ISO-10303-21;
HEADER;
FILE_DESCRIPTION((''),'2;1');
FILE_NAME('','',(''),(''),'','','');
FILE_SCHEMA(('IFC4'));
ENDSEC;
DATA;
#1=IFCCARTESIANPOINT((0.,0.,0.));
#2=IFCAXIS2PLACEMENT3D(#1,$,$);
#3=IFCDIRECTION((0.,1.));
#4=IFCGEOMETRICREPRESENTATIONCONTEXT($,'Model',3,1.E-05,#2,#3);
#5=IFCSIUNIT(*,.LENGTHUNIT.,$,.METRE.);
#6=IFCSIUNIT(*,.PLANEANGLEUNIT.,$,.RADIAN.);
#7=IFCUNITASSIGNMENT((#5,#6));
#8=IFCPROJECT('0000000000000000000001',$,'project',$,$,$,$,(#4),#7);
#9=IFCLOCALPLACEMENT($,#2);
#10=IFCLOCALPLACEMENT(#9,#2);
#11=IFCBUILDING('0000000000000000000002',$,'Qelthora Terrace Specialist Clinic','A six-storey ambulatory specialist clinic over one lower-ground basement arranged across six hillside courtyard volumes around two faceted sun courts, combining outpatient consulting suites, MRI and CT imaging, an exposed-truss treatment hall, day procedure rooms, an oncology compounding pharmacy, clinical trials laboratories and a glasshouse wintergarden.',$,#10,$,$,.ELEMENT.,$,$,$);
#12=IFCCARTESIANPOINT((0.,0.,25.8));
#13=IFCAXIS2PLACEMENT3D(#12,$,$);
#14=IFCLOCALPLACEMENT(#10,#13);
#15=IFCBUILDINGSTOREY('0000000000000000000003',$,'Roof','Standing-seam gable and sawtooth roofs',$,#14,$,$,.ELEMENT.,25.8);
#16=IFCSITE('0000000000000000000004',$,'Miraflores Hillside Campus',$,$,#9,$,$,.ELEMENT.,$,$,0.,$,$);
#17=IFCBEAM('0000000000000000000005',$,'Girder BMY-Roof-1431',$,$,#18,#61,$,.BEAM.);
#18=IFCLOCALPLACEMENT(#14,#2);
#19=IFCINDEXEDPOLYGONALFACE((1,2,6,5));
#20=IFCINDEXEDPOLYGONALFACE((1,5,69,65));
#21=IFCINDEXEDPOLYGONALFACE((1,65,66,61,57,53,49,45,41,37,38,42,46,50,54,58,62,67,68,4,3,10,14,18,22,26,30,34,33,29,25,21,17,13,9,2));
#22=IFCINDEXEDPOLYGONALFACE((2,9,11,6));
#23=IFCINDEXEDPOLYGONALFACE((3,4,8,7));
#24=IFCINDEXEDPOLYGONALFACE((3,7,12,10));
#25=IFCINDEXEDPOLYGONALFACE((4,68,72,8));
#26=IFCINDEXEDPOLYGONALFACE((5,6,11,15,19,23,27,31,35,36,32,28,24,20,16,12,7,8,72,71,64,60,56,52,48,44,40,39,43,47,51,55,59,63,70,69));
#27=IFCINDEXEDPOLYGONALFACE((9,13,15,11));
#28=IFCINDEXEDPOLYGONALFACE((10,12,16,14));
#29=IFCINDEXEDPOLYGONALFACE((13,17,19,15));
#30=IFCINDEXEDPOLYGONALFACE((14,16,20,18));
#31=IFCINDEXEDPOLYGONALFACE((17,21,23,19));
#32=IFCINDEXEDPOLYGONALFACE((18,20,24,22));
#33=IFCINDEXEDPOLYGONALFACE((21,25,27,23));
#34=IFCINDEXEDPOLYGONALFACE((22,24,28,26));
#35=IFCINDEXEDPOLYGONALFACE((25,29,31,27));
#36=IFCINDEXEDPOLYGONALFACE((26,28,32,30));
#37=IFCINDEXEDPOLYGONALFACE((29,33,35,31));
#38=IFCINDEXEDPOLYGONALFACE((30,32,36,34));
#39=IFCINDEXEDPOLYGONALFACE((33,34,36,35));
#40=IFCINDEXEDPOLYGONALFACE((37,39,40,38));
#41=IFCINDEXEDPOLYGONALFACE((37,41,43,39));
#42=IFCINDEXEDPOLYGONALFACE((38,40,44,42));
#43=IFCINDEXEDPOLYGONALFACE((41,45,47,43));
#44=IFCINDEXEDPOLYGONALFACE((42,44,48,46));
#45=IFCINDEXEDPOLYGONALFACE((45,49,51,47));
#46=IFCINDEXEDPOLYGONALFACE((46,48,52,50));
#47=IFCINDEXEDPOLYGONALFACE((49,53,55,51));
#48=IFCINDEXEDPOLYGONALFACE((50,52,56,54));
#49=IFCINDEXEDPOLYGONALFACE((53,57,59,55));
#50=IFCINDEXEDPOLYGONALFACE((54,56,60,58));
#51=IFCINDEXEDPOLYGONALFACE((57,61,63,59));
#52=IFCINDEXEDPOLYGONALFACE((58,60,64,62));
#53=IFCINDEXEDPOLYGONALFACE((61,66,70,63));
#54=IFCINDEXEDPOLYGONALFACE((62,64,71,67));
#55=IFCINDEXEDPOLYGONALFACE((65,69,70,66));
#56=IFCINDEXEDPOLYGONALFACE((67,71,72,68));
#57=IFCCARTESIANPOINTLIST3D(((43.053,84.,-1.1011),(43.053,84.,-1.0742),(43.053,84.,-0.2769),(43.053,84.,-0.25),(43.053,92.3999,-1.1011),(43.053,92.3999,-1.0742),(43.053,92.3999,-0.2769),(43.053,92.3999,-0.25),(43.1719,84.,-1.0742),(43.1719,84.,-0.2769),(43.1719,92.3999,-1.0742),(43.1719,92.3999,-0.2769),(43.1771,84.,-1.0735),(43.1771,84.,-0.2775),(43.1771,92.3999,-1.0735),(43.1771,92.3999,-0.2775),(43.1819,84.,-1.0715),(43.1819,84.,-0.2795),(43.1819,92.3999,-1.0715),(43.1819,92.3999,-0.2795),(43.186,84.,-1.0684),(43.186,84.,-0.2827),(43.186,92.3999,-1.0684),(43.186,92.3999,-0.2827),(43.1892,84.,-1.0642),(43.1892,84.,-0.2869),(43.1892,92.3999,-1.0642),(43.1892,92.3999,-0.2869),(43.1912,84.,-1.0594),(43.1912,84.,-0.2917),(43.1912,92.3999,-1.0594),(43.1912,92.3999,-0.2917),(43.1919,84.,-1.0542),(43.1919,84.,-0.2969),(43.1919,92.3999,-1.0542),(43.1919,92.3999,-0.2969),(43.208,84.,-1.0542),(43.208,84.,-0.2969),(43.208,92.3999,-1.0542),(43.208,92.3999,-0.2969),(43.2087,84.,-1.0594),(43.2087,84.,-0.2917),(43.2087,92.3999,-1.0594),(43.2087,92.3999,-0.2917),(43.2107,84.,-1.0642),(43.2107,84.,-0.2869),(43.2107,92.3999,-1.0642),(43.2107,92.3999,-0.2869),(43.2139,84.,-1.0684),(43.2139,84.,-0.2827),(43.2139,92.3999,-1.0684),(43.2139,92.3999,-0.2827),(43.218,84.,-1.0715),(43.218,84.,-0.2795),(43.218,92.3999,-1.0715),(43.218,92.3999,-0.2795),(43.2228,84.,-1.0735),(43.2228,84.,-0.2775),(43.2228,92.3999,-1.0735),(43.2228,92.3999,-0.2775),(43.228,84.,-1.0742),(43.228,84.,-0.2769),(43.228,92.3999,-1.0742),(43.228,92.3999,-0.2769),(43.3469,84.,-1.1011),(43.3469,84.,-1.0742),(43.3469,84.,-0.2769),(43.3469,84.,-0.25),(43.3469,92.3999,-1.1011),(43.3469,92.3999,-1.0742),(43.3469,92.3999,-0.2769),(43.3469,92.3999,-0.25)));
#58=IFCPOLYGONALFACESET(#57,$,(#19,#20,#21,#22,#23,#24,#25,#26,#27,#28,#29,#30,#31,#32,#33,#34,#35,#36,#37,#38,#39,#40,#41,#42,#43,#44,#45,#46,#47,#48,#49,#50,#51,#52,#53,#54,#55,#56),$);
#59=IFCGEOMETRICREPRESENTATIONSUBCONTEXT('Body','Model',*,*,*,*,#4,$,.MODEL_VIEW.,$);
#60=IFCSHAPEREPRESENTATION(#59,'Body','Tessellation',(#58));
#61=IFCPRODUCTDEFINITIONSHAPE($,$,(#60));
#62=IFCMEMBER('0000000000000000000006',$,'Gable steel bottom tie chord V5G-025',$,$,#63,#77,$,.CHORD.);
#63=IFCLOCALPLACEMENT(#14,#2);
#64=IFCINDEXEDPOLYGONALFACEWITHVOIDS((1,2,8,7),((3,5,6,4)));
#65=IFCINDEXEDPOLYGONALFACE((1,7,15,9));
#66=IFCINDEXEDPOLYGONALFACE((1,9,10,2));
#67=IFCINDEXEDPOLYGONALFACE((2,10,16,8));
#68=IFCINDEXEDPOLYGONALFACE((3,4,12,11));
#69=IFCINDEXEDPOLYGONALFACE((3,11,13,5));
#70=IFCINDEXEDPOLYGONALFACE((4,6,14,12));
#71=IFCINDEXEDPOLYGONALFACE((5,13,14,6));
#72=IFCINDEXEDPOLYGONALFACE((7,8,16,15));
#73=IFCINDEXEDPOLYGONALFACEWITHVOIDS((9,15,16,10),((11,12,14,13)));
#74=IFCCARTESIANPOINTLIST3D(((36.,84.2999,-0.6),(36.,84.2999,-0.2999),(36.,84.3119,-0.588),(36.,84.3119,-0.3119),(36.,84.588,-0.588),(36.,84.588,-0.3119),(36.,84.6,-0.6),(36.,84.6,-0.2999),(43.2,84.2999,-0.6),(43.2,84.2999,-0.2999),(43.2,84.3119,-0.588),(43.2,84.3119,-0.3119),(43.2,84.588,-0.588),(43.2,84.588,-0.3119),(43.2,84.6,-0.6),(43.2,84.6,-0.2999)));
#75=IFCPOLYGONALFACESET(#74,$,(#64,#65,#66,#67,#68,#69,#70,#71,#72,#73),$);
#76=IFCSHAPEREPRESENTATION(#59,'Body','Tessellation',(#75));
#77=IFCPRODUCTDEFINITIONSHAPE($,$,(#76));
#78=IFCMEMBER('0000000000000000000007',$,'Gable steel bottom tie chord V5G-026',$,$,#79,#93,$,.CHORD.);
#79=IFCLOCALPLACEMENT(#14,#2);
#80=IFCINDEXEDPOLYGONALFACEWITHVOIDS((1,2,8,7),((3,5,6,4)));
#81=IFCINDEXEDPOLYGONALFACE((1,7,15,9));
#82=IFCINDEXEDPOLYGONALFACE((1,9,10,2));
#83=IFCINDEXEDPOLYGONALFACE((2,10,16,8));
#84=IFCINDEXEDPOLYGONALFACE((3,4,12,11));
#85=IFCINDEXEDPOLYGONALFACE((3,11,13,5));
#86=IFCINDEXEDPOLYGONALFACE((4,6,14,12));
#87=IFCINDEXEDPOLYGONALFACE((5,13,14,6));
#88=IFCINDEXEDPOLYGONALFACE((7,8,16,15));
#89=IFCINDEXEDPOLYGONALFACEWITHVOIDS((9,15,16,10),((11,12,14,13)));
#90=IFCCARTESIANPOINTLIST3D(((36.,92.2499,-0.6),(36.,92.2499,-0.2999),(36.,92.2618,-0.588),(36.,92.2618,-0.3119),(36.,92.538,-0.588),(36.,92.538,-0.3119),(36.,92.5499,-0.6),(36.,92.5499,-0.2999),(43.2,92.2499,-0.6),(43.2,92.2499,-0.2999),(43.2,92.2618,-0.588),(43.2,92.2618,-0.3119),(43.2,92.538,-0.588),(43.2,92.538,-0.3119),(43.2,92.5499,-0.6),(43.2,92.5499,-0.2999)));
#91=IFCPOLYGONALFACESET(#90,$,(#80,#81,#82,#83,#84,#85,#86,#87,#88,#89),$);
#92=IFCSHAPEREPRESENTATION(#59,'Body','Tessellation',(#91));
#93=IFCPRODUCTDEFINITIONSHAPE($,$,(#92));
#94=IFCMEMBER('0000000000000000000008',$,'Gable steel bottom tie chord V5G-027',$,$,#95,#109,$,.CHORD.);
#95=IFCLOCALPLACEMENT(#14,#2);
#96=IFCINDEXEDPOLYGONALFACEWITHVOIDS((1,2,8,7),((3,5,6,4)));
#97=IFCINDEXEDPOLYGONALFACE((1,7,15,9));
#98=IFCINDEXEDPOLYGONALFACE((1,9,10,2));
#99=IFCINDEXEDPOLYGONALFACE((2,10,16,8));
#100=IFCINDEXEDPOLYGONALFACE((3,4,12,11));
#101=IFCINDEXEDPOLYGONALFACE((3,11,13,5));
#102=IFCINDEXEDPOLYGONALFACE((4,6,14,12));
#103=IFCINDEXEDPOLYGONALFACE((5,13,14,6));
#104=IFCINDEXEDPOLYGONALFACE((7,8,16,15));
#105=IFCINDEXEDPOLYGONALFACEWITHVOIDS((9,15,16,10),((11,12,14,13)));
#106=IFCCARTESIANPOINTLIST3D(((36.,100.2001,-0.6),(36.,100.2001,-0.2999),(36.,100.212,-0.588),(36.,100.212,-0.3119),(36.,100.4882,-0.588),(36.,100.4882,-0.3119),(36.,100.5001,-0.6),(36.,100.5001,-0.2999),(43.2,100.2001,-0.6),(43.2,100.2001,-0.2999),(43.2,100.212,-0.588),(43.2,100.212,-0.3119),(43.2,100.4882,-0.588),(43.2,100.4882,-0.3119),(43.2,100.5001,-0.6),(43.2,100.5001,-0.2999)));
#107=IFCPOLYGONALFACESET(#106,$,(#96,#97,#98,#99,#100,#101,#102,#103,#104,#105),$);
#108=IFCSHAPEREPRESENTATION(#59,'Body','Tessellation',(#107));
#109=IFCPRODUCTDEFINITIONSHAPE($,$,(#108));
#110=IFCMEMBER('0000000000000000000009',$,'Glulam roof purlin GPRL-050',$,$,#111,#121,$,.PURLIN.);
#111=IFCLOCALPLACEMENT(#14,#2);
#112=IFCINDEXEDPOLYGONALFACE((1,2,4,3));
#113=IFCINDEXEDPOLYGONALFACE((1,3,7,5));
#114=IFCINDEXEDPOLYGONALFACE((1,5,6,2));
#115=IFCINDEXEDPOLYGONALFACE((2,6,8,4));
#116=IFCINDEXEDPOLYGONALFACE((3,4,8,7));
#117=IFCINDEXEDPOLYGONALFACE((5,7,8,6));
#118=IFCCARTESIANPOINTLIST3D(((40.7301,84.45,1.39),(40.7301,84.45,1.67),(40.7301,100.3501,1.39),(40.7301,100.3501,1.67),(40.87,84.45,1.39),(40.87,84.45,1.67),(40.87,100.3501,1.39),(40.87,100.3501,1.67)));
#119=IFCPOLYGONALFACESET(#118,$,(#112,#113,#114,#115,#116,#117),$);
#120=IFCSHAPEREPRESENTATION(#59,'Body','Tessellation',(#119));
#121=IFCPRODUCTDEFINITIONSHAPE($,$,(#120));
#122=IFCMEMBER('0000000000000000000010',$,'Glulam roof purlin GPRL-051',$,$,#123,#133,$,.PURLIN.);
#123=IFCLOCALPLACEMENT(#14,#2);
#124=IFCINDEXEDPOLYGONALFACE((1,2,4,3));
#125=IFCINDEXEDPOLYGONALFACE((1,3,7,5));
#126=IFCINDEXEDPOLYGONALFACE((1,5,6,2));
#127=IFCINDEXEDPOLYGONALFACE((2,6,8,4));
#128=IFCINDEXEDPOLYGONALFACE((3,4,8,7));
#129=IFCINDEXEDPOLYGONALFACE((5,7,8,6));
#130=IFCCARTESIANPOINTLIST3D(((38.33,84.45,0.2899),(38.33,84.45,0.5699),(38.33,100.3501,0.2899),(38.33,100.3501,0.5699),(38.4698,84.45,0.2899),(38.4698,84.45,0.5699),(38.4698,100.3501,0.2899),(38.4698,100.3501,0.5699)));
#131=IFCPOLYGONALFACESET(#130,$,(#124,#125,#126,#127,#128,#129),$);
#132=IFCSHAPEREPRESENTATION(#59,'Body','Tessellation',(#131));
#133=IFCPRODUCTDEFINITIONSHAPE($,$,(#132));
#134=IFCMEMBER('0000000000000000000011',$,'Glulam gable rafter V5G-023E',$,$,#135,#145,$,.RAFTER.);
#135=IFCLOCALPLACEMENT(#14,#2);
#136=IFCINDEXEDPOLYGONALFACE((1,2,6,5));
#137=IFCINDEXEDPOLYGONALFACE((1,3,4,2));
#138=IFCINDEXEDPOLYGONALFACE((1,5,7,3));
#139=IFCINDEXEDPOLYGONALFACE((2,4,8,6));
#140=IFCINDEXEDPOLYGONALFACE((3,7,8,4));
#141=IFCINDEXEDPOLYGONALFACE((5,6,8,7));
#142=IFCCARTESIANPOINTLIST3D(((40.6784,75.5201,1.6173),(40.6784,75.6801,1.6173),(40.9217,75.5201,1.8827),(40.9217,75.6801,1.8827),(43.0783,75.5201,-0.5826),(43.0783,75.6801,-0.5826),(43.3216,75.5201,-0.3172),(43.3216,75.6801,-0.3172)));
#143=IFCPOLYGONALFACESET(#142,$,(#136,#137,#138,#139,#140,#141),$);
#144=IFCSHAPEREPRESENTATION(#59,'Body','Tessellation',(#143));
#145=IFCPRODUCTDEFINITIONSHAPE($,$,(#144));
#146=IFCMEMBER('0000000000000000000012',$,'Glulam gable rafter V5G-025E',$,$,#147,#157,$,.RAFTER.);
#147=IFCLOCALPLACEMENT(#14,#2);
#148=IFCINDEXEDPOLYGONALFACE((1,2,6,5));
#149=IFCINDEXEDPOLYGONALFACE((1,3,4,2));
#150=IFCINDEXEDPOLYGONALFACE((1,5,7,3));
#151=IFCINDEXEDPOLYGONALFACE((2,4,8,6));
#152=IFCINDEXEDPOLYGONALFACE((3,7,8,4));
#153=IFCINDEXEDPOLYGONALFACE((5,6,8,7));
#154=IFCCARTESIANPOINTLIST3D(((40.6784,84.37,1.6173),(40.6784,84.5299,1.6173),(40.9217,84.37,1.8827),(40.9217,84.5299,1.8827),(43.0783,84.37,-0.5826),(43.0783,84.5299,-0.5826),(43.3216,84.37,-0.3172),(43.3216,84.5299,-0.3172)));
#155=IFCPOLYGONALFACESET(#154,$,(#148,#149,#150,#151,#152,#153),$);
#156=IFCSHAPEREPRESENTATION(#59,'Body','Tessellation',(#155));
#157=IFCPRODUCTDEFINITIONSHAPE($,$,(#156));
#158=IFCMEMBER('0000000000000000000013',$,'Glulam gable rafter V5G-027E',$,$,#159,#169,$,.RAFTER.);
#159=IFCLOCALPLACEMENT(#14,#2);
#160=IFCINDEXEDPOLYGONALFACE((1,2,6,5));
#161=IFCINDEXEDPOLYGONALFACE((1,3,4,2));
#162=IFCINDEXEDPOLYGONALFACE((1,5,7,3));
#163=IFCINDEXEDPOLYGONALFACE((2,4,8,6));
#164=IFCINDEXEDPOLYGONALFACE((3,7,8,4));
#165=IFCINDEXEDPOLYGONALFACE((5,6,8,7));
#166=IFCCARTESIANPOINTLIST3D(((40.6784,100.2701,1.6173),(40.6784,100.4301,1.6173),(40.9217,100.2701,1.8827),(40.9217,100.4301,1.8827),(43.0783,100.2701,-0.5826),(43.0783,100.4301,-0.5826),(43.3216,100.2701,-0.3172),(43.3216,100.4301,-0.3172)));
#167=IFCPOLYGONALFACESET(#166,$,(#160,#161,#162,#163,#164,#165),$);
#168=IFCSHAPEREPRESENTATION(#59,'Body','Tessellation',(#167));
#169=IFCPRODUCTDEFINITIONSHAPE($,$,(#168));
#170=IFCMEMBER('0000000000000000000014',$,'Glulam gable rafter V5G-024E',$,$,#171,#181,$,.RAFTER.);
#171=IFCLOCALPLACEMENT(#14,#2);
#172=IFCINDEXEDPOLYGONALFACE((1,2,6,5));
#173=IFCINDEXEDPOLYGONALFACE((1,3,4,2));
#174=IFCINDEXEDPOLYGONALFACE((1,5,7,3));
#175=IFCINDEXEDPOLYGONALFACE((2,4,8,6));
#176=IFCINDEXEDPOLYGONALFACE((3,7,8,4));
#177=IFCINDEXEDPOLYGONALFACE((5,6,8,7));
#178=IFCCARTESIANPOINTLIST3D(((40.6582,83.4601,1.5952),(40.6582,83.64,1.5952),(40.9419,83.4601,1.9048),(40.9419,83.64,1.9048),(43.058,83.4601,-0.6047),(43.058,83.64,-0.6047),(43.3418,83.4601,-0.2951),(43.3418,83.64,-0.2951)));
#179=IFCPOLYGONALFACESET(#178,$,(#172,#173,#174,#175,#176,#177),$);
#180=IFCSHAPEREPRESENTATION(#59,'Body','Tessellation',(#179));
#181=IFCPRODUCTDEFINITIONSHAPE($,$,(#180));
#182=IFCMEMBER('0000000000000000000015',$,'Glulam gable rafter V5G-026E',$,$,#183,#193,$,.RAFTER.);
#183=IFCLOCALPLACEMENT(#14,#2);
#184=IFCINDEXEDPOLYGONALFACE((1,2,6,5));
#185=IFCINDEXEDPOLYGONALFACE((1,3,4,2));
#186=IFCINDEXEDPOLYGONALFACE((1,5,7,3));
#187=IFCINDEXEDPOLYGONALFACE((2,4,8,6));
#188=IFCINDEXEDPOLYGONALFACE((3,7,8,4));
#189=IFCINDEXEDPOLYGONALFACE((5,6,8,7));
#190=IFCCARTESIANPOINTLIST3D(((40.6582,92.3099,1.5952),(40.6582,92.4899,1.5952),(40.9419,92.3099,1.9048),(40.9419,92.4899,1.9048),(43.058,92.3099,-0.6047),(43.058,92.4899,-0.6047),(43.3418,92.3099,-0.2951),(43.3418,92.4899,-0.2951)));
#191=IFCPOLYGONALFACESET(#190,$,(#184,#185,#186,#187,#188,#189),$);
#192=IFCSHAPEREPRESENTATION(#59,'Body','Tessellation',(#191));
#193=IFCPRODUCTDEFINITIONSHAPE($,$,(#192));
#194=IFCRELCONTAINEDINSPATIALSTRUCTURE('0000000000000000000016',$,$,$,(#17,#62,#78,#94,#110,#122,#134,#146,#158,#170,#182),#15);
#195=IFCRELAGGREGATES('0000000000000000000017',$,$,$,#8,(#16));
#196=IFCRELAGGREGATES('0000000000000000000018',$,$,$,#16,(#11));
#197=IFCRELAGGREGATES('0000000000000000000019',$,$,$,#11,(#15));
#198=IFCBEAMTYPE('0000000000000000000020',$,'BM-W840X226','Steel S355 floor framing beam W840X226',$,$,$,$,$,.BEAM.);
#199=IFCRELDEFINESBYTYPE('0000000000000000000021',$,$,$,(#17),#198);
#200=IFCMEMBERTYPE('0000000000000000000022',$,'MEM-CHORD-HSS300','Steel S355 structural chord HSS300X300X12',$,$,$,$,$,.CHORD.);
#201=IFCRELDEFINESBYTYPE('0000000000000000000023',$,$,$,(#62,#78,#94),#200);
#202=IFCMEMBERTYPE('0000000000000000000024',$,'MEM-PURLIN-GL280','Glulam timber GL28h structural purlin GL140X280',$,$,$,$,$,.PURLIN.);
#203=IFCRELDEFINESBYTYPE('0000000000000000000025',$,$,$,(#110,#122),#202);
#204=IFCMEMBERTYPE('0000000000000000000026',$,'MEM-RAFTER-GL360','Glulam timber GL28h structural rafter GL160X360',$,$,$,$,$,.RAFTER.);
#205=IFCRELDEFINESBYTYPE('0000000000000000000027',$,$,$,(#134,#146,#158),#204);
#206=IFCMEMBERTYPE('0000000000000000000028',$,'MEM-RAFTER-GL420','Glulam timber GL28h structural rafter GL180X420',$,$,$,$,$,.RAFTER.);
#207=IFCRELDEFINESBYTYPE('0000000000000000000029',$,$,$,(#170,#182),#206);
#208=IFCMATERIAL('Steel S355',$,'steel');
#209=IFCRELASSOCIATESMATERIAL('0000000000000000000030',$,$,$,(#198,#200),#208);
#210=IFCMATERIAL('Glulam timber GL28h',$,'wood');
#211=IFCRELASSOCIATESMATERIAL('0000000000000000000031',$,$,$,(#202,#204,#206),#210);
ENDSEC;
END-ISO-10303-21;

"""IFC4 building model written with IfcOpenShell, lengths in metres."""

from ifc_helpers import new_model, si_unit, direction, frame, origin, origin_2d, place, context, subcontext, project, spatial, rectangle, hollow_rectangle, i_section, extrude, material, material_profile, profile_set, type_object, element, save


model = new_model("IFC4")

# Units and contexts
model_context = context("Model", 3, precision=1e-05, world=origin(), true_north=direction((0.0, 1.0)))
body_context = subcontext(model_context, "Body", "Model", "MODEL_VIEW")
ifc_project = project(units=[si_unit("LENGTHUNIT", "METRE"), si_unit("PLANEANGLEUNIT", "RADIAN")], contexts=[model_context])

# Site, building, storey
site_placement = place(None, origin())
site = spatial("IfcSite", under=ifc_project, at=site_placement, Name="Miraflores Hillside Campus", CompositionType="ELEMENT", RefElevation=0.0)
building_placement = place(site_placement, origin())
building = spatial("IfcBuilding", under=site, at=building_placement, Name="Qelthora Terrace Specialist Clinic", Description="A six-storey ambulatory specialist clinic over one lower-ground basement arranged across six hillside courtyard volumes around two faceted sun courts, combining outpatient consulting suites, MRI and CT imaging, an exposed-truss treatment hall, day procedure rooms, an oncology compounding pharmacy, clinical trials laboratories and a glasshouse wintergarden.", CompositionType="ELEMENT")
storey_placement = place(building_placement, frame((0.0, 0.0, 25.8)))
storey = spatial("IfcBuildingStorey", under=building, at=storey_placement, Name="Roof", Description="Standing-seam gable and sawtooth roofs", CompositionType="ELEMENT", Elevation=25.8)

# Beam
ifc_material_1 = material(Name="Steel S355", Category="steel")
ifc_material_profile_1 = material_profile(ifc_material_1, i_section(OverallWidth=0.2939, OverallDepth=0.8511, WebThickness=0.0161, FlangeThickness=0.0269, FilletRadius=0.02, at=origin_2d()), Name="W840X226")
ifc_profile_set_1 = profile_set([ifc_material_profile_1], Name="Steel S355")
beam_type_1 = type_object("IfcBeamType", Name="BM-W840X226", Description="Steel S355 floor framing beam W840X226", PredefinedType="BEAM", material=ifc_profile_set_1)
beam_1_placement = place(storey_placement, frame((43.2, 84.0, -0.6755), z_axis=(0.0, 1.0, 0.0), x_axis=(-1.0, 0.0, 0.0)))
element("IfcBeam", 1, at=beam_1_placement, inside=storey, type_object=beam_type_1, Name="Girder BMY-Roof-1431", PredefinedType="BEAM", context=body_context, shape_type="SweptSolid", body=[
    extrude(i_section(OverallWidth=0.2939, OverallDepth=0.8511, WebThickness=0.0161, FlangeThickness=0.0269, FilletRadius=0.02, at=origin_2d()), origin(), (0.0, 0.0, 1.0), 8.3999),
])

# Members
ifc_material_profile_2 = material_profile(ifc_material_1, hollow_rectangle(XDim=0.3, YDim=0.3, WallThickness=0.012, at=origin_2d()), Name="HSS300X300X12")
ifc_profile_set_2 = profile_set([ifc_material_profile_2], Name="Steel S355")
member_type_1 = type_object("IfcMemberType", Name="MEM-CHORD-HSS300", Description="Steel S355 structural chord HSS300X300X12", PredefinedType="CHORD", material=ifc_profile_set_2)
for number, where, z_axis, x_axis, name in (
    (2, (36.0, 84.45, -0.45), (1.0, 0.0, 0.0), (0.0, 1.0, 0.0), "Gable steel bottom tie chord V5G-025"),
    (3, (36.0, 92.3999, -0.45), (1.0, 0.0, 0.0), (0.0, 1.0, 0.0), "Gable steel bottom tie chord V5G-026"),
    (4, (36.0, 100.3501, -0.45), (1.0, 0.0, 0.0), (0.0, 1.0, 0.0), "Gable steel bottom tie chord V5G-027"),
):
    element("IfcMember", number, at=place(storey_placement, frame(where, z_axis=z_axis, x_axis=x_axis)), inside=storey, type_object=member_type_1, Name=name, PredefinedType="CHORD", context=body_context, shape_type="SweptSolid", body=[
        extrude(hollow_rectangle(XDim=0.3, YDim=0.3, WallThickness=0.012, at=origin_2d()), origin(), (0.0, 0.0, 1.0), 7.2),
    ])
ifc_material_2 = material(Name="Glulam timber GL28h", Category="wood")
ifc_material_profile_3 = material_profile(ifc_material_2, rectangle(XDim=0.1399, YDim=0.28, at=origin_2d()), Name="GL140X280")
ifc_profile_set_3 = profile_set([ifc_material_profile_3], Name="Glulam timber GL28h")
member_type_2 = type_object("IfcMemberType", Name="MEM-PURLIN-GL280", Description="Glulam timber GL28h structural purlin GL140X280", PredefinedType="PURLIN", material=ifc_profile_set_3)
for number, where, z_axis, x_axis, name in (
    (5, (40.8, 84.45, 1.53), (0.0, 1.0, 0.0), (-1.0, 0.0, 0.0), "Glulam roof purlin GPRL-050"),
    (6, (38.3999, 84.45, 0.4299), (0.0, 1.0, 0.0), (-1.0, 0.0, 0.0), "Glulam roof purlin GPRL-051"),
):
    element("IfcMember", number, at=place(storey_placement, frame(where, z_axis=z_axis, x_axis=x_axis)), inside=storey, type_object=member_type_2, Name=name, PredefinedType="PURLIN", context=body_context, shape_type="SweptSolid", body=[
        extrude(rectangle(XDim=0.1399, YDim=0.28, at=origin_2d()), origin(), (0.0, 0.0, 1.0), 15.9001),
    ])
ifc_material_profile_4 = material_profile(ifc_material_2, rectangle(XDim=0.1599, YDim=0.3601, at=origin_2d()), Name="GL160X360")
ifc_profile_set_4 = profile_set([ifc_material_profile_4], Name="Glulam timber GL28h")
member_type_3 = type_object("IfcMemberType", Name="MEM-RAFTER-GL360", Description="Glulam timber GL28h structural rafter GL160X360", PredefinedType="RAFTER", material=ifc_profile_set_4)
for number, where, z_axis, x_axis, name in (
    (7, (40.8, 75.6001, 1.75), (0.737148, 0.0, -0.675731), (0.0, 1.0, 0.0), "Glulam gable rafter V5G-023E"),
    (8, (40.8, 84.45, 1.75), (0.737148, 0.0, -0.675731), (0.0, 1.0, 0.0), "Glulam gable rafter V5G-025E"),
    (9, (40.8, 100.3501, 1.75), (0.737148, 0.0, -0.675731), (0.0, 1.0, 0.0), "Glulam gable rafter V5G-027E"),
):
    element("IfcMember", number, at=place(storey_placement, frame(where, z_axis=z_axis, x_axis=x_axis)), inside=storey, type_object=member_type_3, Name=name, PredefinedType="RAFTER", context=body_context, shape_type="SweptSolid", body=[
        extrude(rectangle(XDim=0.1599, YDim=0.3601, at=origin_2d()), origin(), (0.0, 0.0, 1.0), 3.2556),
    ])
ifc_material_profile_5 = material_profile(ifc_material_2, rectangle(XDim=0.1799, YDim=0.4199, at=origin_2d()), Name="GL180X420")
ifc_profile_set_5 = profile_set([ifc_material_profile_5], Name="Glulam timber GL28h")
member_type_4 = type_object("IfcMemberType", Name="MEM-RAFTER-GL420", Description="Glulam timber GL28h structural rafter GL180X420", PredefinedType="RAFTER", material=ifc_profile_set_5)
for number, where, z_axis, x_axis, name in (
    (10, (40.8, 83.55, 1.75), (0.737148, 0.0, -0.675731), (0.0, 1.0, 0.0), "Glulam gable rafter V5G-024E"),
    (11, (40.8, 92.3999, 1.75), (0.737148, 0.0, -0.675731), (0.0, 1.0, 0.0), "Glulam gable rafter V5G-026E"),
):
    element("IfcMember", number, at=place(storey_placement, frame(where, z_axis=z_axis, x_axis=x_axis)), inside=storey, type_object=member_type_4, Name=name, PredefinedType="RAFTER", context=body_context, shape_type="SweptSolid", body=[
        extrude(rectangle(XDim=0.1799, YDim=0.4199, at=origin_2d()), origin(), (0.0, 0.0, 1.0), 3.2556),
    ])

save(model, "model.ifc")
